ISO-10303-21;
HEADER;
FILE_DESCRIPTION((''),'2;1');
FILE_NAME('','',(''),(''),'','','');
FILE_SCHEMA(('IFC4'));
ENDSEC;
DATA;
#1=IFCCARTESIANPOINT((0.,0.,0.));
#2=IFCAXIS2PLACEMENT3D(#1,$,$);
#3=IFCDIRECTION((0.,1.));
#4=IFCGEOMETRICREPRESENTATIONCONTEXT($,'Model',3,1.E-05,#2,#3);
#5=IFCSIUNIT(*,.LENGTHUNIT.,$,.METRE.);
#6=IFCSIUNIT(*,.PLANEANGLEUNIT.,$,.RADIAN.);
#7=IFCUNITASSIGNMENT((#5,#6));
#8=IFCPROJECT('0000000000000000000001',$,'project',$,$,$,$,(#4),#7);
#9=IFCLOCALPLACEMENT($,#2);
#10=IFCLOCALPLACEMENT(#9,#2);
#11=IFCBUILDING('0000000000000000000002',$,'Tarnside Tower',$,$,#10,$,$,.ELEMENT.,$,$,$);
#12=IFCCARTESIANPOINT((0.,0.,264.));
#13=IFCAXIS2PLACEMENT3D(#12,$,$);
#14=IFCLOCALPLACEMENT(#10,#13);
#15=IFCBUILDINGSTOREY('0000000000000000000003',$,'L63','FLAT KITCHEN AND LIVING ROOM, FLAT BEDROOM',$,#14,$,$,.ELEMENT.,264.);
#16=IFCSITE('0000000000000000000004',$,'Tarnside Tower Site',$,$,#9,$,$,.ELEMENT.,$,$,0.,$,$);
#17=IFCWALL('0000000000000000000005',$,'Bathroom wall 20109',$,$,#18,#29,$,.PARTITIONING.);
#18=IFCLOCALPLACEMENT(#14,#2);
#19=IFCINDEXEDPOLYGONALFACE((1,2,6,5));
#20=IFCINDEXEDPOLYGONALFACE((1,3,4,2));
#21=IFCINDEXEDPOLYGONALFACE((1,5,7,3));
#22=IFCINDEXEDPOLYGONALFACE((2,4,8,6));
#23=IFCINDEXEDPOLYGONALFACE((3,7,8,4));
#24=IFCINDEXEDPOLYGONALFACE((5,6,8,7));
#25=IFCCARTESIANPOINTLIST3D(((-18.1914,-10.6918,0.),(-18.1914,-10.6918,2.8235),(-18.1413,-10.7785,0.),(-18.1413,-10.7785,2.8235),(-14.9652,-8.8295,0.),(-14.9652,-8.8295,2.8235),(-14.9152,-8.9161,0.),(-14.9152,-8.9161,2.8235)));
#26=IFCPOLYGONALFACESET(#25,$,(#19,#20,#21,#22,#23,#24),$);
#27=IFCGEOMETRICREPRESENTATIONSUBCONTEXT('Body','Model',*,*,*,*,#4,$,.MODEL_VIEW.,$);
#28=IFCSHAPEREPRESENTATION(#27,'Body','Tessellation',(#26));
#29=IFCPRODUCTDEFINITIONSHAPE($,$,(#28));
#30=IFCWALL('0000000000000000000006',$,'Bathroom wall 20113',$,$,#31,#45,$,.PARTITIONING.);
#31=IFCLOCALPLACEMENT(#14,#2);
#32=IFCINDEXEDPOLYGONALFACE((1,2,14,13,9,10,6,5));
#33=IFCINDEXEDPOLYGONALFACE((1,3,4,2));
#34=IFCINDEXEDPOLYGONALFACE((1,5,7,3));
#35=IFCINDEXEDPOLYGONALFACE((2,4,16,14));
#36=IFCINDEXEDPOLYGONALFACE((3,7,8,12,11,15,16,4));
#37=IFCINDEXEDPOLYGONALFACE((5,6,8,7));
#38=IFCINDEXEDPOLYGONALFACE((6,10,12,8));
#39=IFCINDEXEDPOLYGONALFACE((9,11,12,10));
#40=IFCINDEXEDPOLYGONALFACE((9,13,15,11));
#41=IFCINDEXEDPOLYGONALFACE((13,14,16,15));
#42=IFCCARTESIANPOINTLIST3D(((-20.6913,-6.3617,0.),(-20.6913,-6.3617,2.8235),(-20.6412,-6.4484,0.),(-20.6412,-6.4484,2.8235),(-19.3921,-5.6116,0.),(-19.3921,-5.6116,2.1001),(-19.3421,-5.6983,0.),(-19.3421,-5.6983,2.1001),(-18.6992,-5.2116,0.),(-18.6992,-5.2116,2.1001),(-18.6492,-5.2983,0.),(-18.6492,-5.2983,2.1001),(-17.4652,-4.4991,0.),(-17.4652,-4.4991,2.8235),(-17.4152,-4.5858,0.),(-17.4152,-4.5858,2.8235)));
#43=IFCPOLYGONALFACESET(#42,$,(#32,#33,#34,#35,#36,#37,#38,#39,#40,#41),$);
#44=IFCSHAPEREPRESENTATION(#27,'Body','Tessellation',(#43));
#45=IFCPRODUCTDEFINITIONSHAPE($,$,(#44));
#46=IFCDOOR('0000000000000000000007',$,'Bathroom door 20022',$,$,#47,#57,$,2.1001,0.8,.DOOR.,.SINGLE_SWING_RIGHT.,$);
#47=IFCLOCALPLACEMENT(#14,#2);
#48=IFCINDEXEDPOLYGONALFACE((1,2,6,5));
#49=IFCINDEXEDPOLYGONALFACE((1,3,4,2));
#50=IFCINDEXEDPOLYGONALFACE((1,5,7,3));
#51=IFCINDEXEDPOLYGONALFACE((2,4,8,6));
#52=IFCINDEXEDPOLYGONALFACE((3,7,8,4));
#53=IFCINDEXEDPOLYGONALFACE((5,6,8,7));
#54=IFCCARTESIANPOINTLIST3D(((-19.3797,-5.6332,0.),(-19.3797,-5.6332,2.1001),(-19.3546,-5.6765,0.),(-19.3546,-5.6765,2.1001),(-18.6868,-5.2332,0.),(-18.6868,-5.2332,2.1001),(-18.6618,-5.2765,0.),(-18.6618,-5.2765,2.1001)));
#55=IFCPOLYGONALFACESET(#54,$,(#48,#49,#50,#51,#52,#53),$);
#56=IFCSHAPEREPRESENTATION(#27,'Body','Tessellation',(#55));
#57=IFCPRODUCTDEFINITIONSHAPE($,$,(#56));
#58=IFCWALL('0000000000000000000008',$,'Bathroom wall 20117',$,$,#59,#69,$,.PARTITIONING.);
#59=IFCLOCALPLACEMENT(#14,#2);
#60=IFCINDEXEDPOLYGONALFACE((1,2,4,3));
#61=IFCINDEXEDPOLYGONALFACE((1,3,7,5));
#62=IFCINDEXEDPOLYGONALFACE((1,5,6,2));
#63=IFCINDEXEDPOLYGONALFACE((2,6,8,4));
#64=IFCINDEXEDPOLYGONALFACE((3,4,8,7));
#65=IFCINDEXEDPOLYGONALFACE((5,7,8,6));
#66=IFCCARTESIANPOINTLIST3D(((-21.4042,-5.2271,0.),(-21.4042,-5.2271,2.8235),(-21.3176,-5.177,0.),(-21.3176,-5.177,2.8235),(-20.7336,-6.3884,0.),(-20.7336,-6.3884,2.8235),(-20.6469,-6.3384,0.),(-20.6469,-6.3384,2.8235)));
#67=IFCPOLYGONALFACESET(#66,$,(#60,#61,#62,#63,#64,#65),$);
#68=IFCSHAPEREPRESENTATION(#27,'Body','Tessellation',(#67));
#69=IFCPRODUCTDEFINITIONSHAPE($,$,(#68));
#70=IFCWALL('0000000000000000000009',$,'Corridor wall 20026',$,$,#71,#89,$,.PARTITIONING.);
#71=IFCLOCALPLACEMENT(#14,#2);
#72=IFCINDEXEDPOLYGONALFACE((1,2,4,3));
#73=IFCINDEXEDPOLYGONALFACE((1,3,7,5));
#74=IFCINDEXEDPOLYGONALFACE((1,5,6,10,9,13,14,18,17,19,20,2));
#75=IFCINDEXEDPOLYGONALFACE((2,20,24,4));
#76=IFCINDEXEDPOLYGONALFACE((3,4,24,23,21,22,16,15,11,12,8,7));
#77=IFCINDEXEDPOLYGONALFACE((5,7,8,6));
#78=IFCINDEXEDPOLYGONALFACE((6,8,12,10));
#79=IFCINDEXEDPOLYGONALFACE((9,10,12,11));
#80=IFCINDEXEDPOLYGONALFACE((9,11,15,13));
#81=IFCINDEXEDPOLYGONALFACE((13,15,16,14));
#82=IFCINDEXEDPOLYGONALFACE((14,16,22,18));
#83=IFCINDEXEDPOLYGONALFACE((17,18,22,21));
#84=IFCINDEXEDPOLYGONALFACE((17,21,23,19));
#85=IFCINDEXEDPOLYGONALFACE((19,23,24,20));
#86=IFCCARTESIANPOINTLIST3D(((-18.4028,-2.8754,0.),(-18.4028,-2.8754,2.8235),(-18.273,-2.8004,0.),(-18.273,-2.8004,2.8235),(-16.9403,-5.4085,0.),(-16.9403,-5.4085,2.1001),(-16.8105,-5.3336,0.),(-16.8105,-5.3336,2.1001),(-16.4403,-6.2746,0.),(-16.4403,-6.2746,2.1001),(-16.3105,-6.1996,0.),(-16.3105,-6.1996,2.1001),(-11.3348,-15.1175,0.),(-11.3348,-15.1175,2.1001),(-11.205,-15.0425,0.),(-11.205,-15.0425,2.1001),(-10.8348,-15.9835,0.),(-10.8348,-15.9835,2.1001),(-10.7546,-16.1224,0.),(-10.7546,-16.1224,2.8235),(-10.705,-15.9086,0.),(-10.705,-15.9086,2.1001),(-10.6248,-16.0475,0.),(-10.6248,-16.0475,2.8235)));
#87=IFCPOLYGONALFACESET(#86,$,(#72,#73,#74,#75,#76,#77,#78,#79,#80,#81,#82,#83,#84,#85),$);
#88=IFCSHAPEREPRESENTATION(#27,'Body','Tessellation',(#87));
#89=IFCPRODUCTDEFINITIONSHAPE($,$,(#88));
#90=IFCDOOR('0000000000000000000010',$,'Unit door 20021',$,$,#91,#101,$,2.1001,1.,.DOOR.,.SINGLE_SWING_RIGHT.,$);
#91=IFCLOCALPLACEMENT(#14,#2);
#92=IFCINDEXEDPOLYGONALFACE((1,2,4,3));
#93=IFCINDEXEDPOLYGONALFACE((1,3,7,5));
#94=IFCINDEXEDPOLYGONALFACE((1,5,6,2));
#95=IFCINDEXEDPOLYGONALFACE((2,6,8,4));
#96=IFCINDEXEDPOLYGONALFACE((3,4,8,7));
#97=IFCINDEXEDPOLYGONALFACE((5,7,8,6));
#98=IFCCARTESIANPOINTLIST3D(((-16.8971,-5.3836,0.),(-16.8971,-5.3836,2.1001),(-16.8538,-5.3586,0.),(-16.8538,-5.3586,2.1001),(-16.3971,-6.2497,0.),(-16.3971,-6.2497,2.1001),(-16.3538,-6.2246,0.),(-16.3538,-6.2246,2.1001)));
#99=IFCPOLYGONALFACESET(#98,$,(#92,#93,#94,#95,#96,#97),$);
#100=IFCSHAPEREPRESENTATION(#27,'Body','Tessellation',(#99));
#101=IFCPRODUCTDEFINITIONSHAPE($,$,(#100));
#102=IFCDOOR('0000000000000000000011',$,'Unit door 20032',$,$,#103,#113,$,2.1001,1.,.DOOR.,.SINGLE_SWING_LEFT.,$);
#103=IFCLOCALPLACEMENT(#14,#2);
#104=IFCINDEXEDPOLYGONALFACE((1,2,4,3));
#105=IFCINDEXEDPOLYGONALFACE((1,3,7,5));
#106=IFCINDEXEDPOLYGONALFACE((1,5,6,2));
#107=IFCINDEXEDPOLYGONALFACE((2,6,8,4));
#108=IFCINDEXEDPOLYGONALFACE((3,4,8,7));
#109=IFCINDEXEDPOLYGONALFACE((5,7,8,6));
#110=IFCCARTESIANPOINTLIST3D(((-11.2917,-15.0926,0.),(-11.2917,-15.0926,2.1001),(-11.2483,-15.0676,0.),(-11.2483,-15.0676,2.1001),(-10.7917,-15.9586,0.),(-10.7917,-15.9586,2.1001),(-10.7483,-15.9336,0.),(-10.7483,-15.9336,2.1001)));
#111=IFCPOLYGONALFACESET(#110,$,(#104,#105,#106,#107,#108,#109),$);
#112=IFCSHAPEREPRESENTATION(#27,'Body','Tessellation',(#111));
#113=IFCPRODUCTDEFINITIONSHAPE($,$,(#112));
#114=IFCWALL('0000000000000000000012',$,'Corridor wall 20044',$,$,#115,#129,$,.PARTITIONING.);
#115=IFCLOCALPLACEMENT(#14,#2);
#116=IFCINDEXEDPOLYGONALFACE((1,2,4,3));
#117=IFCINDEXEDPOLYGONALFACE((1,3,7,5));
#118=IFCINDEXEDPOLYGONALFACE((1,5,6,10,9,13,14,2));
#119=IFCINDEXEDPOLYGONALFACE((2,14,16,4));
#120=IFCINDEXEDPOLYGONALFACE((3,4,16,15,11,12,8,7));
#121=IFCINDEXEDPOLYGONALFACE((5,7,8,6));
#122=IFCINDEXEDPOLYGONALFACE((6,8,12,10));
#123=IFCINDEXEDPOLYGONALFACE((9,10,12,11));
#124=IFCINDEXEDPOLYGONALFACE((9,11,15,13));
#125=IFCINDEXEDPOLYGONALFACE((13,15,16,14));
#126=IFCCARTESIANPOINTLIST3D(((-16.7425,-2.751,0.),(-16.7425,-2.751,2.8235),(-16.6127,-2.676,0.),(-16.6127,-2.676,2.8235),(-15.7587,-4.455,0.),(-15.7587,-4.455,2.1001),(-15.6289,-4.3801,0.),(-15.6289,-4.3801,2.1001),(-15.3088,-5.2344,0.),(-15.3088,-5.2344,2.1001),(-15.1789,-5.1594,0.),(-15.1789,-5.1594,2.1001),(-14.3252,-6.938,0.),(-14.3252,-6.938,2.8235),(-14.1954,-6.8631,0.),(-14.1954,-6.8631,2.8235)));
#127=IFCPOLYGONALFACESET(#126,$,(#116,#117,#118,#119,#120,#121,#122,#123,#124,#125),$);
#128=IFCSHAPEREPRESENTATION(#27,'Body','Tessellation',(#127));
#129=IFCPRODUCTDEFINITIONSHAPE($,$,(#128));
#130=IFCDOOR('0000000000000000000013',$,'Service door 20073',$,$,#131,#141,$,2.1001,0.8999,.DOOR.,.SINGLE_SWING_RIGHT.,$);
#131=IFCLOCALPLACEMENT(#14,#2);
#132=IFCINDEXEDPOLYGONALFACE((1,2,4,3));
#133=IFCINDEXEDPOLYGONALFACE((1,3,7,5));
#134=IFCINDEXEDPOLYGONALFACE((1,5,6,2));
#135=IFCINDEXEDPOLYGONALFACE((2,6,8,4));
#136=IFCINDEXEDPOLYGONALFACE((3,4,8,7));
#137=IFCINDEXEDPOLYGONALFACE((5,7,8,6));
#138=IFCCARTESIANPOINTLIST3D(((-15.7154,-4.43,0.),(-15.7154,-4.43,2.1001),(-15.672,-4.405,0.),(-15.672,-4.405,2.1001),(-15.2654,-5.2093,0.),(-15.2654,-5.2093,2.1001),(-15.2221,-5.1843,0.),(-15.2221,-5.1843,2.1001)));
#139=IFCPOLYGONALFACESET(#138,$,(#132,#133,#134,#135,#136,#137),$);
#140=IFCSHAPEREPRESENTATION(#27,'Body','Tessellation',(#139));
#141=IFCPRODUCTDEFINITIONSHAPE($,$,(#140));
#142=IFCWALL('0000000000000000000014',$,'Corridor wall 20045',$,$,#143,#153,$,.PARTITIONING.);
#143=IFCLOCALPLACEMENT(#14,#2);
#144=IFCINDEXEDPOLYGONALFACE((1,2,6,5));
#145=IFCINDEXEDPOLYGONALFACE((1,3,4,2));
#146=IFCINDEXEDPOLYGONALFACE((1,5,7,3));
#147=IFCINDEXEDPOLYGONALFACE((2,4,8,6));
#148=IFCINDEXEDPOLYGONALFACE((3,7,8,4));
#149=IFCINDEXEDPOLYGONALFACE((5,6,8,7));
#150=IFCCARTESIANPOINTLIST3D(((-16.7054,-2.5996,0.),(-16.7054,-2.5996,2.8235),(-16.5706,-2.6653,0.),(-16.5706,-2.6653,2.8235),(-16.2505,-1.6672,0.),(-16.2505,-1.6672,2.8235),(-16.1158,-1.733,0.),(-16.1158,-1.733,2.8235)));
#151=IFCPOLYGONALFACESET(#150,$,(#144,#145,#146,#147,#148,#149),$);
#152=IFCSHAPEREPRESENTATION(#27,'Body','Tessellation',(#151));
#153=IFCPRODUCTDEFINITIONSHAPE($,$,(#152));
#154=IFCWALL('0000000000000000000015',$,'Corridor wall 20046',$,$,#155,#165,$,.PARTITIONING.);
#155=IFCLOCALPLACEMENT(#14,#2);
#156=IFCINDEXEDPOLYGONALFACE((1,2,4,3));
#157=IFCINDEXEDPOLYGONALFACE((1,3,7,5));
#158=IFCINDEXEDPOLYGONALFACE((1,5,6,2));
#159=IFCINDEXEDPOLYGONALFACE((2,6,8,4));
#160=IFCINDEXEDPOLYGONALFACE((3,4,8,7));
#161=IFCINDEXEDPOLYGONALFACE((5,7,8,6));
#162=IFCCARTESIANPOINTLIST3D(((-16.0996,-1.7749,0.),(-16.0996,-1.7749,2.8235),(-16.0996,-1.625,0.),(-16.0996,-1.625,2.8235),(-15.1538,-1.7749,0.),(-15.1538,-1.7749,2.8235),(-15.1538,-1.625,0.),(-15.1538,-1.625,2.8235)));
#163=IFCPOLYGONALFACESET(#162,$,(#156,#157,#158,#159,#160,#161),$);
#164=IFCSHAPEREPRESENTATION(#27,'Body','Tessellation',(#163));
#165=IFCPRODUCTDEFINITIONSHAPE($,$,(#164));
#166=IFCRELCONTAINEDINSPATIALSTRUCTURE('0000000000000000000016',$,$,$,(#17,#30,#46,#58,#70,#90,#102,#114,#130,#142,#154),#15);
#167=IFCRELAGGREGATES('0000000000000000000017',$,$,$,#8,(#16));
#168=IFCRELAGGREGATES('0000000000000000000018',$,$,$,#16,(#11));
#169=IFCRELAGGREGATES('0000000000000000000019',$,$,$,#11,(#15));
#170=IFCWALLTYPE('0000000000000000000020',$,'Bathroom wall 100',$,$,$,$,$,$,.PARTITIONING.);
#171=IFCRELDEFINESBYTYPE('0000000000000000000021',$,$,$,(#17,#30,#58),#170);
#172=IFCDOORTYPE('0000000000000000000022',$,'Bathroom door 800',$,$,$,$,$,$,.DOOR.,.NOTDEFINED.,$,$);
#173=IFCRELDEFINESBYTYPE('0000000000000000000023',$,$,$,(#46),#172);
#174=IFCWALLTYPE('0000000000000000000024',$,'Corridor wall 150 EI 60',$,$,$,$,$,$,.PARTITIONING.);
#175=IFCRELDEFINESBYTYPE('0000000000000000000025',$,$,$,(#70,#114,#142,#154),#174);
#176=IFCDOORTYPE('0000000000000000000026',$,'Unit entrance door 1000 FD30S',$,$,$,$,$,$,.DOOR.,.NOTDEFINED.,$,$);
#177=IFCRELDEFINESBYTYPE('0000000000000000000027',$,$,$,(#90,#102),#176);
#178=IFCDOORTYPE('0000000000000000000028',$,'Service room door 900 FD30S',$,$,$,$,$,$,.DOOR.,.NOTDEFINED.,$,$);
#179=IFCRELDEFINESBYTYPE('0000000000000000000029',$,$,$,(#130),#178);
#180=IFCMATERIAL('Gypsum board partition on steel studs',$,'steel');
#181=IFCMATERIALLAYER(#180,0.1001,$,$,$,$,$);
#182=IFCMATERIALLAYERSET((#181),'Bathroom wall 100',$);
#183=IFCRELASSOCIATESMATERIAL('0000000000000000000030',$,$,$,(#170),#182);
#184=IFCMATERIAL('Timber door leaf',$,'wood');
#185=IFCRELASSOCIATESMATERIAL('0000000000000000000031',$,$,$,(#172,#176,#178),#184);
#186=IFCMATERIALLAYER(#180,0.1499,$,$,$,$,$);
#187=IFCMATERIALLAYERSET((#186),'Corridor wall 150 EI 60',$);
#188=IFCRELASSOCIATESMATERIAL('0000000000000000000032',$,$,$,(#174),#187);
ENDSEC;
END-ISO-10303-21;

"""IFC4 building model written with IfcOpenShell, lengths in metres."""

from ifc_helpers import new_model, si_unit, direction, frame, frame_2d, origin, place, context, subcontext, project, spatial, rectangle, extrude, material, layer, layer_set, type_object, element, fill, save


model = new_model("IFC4")

# Units and contexts
model_context = context("Model", 3, precision=1e-05, world=origin(), true_north=direction((0.0, 1.0)))
body_context = subcontext(model_context, "Body", "Model", "MODEL_VIEW")
ifc_project = project(units=[si_unit("LENGTHUNIT", "METRE"), si_unit("PLANEANGLEUNIT", "RADIAN")], contexts=[model_context])

# Site, building, storey
site_placement = place(None, origin())
site = spatial("IfcSite", under=ifc_project, at=site_placement, Name="Tarnside Tower Site", CompositionType="ELEMENT", RefElevation=0.0)
building_placement = place(site_placement, origin())
building = spatial("IfcBuilding", under=site, at=building_placement, Name="Tarnside Tower", CompositionType="ELEMENT")
storey_placement = place(building_placement, frame((0.0, 0.0, 264.0)))
storey = spatial("IfcBuildingStorey", under=building, at=storey_placement, Name="L63", Description="FLAT KITCHEN AND LIVING ROOM, FLAT BEDROOM", CompositionType="ELEMENT", Elevation=264.0)

# Wall
ifc_material_1 = material(Name="Gypsum board partition on steel studs", Category="steel")
ifc_layer_1 = layer(ifc_material_1, 0.1001)
ifc_layer_set_1 = layer_set([ifc_layer_1], Name="Bathroom wall 100")
wall_type_1 = type_object("IfcWallType", Name="Bathroom wall 100", PredefinedType="PARTITIONING", material=ifc_layer_set_1)
wall_1_placement = place(storey_placement, frame((-14.9402, -8.8728, 0.0), z_axis=(0.0, 0.0, 1.0), x_axis=(-0.866057, -0.499946, 0.0)))
element("IfcWall", 1, at=wall_1_placement, inside=storey, type_object=wall_type_1, Name="Bathroom wall 20109", PredefinedType="PARTITIONING", context=body_context, shape_type="SweptSolid", body=[
    extrude(rectangle(XDim=3.7251, YDim=0.1001, at=frame_2d((1.8625, 0.0))), origin(), (0.0, 0.0, 1.0), 2.8235),
])

# Wall, opening, door
wall_2_placement = place(storey_placement, frame((-17.4402, -4.5425, 0.0), z_axis=(0.0, 0.0, 1.0), x_axis=(-0.866028, -0.499995, 0.0)))
wall_2 = element("IfcWall", 2, at=wall_2_placement, inside=storey, type_object=wall_type_1, Name="Bathroom wall 20113", PredefinedType="PARTITIONING", context=body_context, shape_type="SweptSolid", body=[
    extrude(rectangle(XDim=3.7251, YDim=0.1001, at=frame_2d((1.8625, 0.0))), origin(), (0.0, 0.0, 1.0), 2.8235),
])
opening_1_placement = place(wall_2_placement, frame((1.425, 0.0, 0.0)))
opening_1 = element("IfcOpeningElement", 3, at=opening_1_placement, cuts=wall_2, PredefinedType="OPENING", context=body_context, shape_type="SweptSolid", body=[
    extrude(rectangle(XDim=0.8, YDim=2.1001, at=frame_2d((0.3999, 1.05))), frame((0.0, 0.0601, 0.0), z_axis=(0.0, -1.0, 0.0), x_axis=(1.0, 0.0, 0.0)), (0.0, 0.0, 1.0), 0.1201),
])
ifc_material_2 = material(Name="Timber door leaf", Category="wood")
door_type_1 = type_object("IfcDoorType", Name="Bathroom door 800", OperationType="NOTDEFINED", PredefinedType="DOOR", material=ifc_material_2)
door_1_placement = place(opening_1_placement, origin())
door_1 = element("IfcDoor", 4, at=door_1_placement, inside=storey, type_object=door_type_1, Name="Bathroom door 20022", OperationType="SINGLE_SWING_RIGHT", OverallHeight=2.1001, OverallWidth=0.8, PredefinedType="DOOR", context=body_context, shape_type="SweptSolid", body=[
    extrude(rectangle(XDim=0.8, YDim=2.1001, at=frame_2d((0.3999, 1.05))), frame((0.0, 0.0249, 0.0), z_axis=(0.0, -1.0, 0.0), x_axis=(1.0, 0.0, 0.0)), (0.0, 0.0, 1.0), 0.05),
])
fill(opening_1, door_1)

# Wall
wall_3_placement = place(storey_placement, frame((-21.3608, -5.2021, 0.0), z_axis=(0.0, 0.0, 1.0), x_axis=(0.500074, -0.865982, 0.0)))
element("IfcWall", 5, at=wall_3_placement, inside=storey, type_object=wall_type_1, Name="Bathroom wall 20117", PredefinedType="PARTITIONING", context=body_context, shape_type="SweptSolid", body=[
    extrude(rectangle(XDim=1.3411, YDim=0.1001, at=frame_2d((0.6704, 0.0))), origin(), (0.0, 0.0, 1.0), 2.8235),
])

# Wall, openings, doors
ifc_layer_2 = layer(ifc_material_1, 0.1499)
ifc_layer_set_2 = layer_set([ifc_layer_2], Name="Corridor wall 150 EI 60")
wall_type_2 = type_object("IfcWallType", Name="Corridor wall 150 EI 60", PredefinedType="PARTITIONING", material=ifc_layer_set_2)
wall_4_placement = place(storey_placement, frame((-18.3379, -2.8379, 0.0), z_axis=(0.0, 0.0, 1.0), x_axis=(0.5, -0.866026, 0.0)))
wall_4 = element("IfcWall", 6, at=wall_4_placement, inside=storey, type_object=wall_type_2, Name="Corridor wall 20026", PredefinedType="PARTITIONING", context=body_context, shape_type="SweptSolid", body=[
    extrude(rectangle(XDim=15.2964, YDim=0.1499, at=frame_2d((7.6482, 0.0))), origin(), (0.0, 0.0, 1.0), 2.8235),
])
opening_2_placement = place(wall_4_placement, frame((2.925, 0.0, 0.0)))
opening_2 = element("IfcOpeningElement", 7, at=opening_2_placement, cuts=wall_4, PredefinedType="OPENING", context=body_context, shape_type="SweptSolid", body=[
    extrude(rectangle(XDim=1.0, YDim=2.1001, at=frame_2d((0.5, 1.05))), frame((0.0, 0.085, 0.0), z_axis=(0.0, -1.0, 0.0), x_axis=(1.0, 0.0, 0.0)), (0.0, 0.0, 1.0), 0.1699),
])
opening_3_placement = place(wall_4_placement, frame((14.136, 0.0, 0.0)))
opening_3 = element("IfcOpeningElement", 8, at=opening_3_placement, cuts=wall_4, PredefinedType="OPENING", context=body_context, shape_type="SweptSolid", body=[
    extrude(rectangle(XDim=1.0, YDim=2.1001, at=frame_2d((0.5, 1.05))), frame((0.0, 0.085, 0.0), z_axis=(0.0, -1.0, 0.0), x_axis=(1.0, 0.0, 0.0)), (0.0, 0.0, 1.0), 0.1699),
])
door_type_2 = type_object("IfcDoorType", Name="Unit entrance door 1000 FD30S", OperationType="NOTDEFINED", PredefinedType="DOOR", material=ifc_material_2)
door_2_placement = place(opening_2_placement, origin())
door_2 = element("IfcDoor", 9, at=door_2_placement, inside=storey, type_object=door_type_2, Name="Unit door 20021", OperationType="SINGLE_SWING_RIGHT", OverallHeight=2.1001, OverallWidth=1.0, PredefinedType="DOOR", context=body_context, shape_type="SweptSolid", body=[
    extrude(rectangle(XDim=1.0, YDim=2.1001, at=frame_2d((0.5, 1.05))), frame((0.0, 0.0249, 0.0), z_axis=(0.0, -1.0, 0.0), x_axis=(1.0, 0.0, 0.0)), (0.0, 0.0, 1.0), 0.05),
])
fill(opening_2, door_2)
door_3_placement = place(opening_3_placement, origin())
door_3 = element("IfcDoor", 10, at=door_3_placement, inside=storey, type_object=door_type_2, Name="Unit door 20032", OperationType="SINGLE_SWING_LEFT", OverallHeight=2.1001, OverallWidth=1.0, PredefinedType="DOOR", context=body_context, shape_type="SweptSolid", body=[
    extrude(rectangle(XDim=1.0, YDim=2.1001, at=frame_2d((0.5, 1.05))), frame((0.0, 0.0249, 0.0), z_axis=(0.0, -1.0, 0.0), x_axis=(1.0, 0.0, 0.0)), (0.0, 0.0, 1.0), 0.05),
])
fill(opening_3, door_3)

# Wall, opening, door
wall_5_placement = place(storey_placement, frame((-14.2603, -6.9006, 0.0), z_axis=(0.0, 0.0, 1.0), x_axis=(-0.499979, 0.866038, 0.0)))
wall_5 = element("IfcWall", 11, at=wall_5_placement, inside=storey, type_object=wall_type_2, Name="Corridor wall 20044", PredefinedType="PARTITIONING", context=body_context, shape_type="SweptSolid", body=[
    extrude(rectangle(XDim=4.8347, YDim=0.1499, at=frame_2d((2.4175, 0.0))), origin(), (0.0, 0.0, 1.0), 2.8235),
])
opening_4_placement = place(wall_5_placement, frame((1.9673, 0.0, 0.0)))
opening_4 = element("IfcOpeningElement", 12, at=opening_4_placement, cuts=wall_5, PredefinedType="OPENING", context=body_context, shape_type="SweptSolid", body=[
    extrude(rectangle(XDim=0.8999, YDim=2.1001, at=frame_2d((0.45, 1.05))), frame((0.0, 0.085, 0.0), z_axis=(0.0, -1.0, 0.0), x_axis=(1.0, 0.0, 0.0)), (0.0, 0.0, 1.0), 0.1699),
])
door_type_3 = type_object("IfcDoorType", Name="Service room door 900 FD30S", OperationType="NOTDEFINED", PredefinedType="DOOR", material=ifc_material_2)
door_4_placement = place(opening_4_placement, origin())
door_4 = element("IfcDoor", 13, at=door_4_placement, inside=storey, type_object=door_type_3, Name="Service door 20073", OperationType="SINGLE_SWING_RIGHT", OverallHeight=2.1001, OverallWidth=0.8999, PredefinedType="DOOR", context=body_context, shape_type="SweptSolid", body=[
    extrude(rectangle(XDim=0.8999, YDim=2.1001, at=frame_2d((0.45, 1.05))), frame((0.0, 0.0249, 0.0), z_axis=(0.0, -1.0, 0.0), x_axis=(1.0, 0.0, 0.0)), (0.0, 0.0, 1.0), 0.05),
])
fill(opening_4, door_4)

# Walls
wall_6_placement = place(storey_placement, frame((-16.6379, -2.6323, 0.0), z_axis=(0.0, 0.0, 1.0), x_axis=(0.438438, 0.898762, 0.0)))
element("IfcWall", 14, at=wall_6_placement, inside=storey, type_object=wall_type_2, Name="Corridor wall 20045", PredefinedType="PARTITIONING", context=body_context, shape_type="SweptSolid", body=[
    extrude(rectangle(XDim=1.0374, YDim=0.1499, at=frame_2d((0.5186, 0.0))), origin(), (0.0, 0.0, 1.0), 2.8235),
])
wall_7_placement = place(storey_placement, frame((-16.0996, -1.7, 0.0), z_axis=(0.0, 0.0, 1.0), x_axis=(1.0, 0.0, 0.0)))
element("IfcWall", 15, at=wall_7_placement, inside=storey, type_object=wall_type_2, Name="Corridor wall 20046", PredefinedType="PARTITIONING", context=body_context, shape_type="SweptSolid", body=[
    extrude(rectangle(XDim=0.9458, YDim=0.1499, at=frame_2d((0.4729, 0.0))), origin(), (0.0, 0.0, 1.0), 2.8235),
])

save(model, "model.ifc")
